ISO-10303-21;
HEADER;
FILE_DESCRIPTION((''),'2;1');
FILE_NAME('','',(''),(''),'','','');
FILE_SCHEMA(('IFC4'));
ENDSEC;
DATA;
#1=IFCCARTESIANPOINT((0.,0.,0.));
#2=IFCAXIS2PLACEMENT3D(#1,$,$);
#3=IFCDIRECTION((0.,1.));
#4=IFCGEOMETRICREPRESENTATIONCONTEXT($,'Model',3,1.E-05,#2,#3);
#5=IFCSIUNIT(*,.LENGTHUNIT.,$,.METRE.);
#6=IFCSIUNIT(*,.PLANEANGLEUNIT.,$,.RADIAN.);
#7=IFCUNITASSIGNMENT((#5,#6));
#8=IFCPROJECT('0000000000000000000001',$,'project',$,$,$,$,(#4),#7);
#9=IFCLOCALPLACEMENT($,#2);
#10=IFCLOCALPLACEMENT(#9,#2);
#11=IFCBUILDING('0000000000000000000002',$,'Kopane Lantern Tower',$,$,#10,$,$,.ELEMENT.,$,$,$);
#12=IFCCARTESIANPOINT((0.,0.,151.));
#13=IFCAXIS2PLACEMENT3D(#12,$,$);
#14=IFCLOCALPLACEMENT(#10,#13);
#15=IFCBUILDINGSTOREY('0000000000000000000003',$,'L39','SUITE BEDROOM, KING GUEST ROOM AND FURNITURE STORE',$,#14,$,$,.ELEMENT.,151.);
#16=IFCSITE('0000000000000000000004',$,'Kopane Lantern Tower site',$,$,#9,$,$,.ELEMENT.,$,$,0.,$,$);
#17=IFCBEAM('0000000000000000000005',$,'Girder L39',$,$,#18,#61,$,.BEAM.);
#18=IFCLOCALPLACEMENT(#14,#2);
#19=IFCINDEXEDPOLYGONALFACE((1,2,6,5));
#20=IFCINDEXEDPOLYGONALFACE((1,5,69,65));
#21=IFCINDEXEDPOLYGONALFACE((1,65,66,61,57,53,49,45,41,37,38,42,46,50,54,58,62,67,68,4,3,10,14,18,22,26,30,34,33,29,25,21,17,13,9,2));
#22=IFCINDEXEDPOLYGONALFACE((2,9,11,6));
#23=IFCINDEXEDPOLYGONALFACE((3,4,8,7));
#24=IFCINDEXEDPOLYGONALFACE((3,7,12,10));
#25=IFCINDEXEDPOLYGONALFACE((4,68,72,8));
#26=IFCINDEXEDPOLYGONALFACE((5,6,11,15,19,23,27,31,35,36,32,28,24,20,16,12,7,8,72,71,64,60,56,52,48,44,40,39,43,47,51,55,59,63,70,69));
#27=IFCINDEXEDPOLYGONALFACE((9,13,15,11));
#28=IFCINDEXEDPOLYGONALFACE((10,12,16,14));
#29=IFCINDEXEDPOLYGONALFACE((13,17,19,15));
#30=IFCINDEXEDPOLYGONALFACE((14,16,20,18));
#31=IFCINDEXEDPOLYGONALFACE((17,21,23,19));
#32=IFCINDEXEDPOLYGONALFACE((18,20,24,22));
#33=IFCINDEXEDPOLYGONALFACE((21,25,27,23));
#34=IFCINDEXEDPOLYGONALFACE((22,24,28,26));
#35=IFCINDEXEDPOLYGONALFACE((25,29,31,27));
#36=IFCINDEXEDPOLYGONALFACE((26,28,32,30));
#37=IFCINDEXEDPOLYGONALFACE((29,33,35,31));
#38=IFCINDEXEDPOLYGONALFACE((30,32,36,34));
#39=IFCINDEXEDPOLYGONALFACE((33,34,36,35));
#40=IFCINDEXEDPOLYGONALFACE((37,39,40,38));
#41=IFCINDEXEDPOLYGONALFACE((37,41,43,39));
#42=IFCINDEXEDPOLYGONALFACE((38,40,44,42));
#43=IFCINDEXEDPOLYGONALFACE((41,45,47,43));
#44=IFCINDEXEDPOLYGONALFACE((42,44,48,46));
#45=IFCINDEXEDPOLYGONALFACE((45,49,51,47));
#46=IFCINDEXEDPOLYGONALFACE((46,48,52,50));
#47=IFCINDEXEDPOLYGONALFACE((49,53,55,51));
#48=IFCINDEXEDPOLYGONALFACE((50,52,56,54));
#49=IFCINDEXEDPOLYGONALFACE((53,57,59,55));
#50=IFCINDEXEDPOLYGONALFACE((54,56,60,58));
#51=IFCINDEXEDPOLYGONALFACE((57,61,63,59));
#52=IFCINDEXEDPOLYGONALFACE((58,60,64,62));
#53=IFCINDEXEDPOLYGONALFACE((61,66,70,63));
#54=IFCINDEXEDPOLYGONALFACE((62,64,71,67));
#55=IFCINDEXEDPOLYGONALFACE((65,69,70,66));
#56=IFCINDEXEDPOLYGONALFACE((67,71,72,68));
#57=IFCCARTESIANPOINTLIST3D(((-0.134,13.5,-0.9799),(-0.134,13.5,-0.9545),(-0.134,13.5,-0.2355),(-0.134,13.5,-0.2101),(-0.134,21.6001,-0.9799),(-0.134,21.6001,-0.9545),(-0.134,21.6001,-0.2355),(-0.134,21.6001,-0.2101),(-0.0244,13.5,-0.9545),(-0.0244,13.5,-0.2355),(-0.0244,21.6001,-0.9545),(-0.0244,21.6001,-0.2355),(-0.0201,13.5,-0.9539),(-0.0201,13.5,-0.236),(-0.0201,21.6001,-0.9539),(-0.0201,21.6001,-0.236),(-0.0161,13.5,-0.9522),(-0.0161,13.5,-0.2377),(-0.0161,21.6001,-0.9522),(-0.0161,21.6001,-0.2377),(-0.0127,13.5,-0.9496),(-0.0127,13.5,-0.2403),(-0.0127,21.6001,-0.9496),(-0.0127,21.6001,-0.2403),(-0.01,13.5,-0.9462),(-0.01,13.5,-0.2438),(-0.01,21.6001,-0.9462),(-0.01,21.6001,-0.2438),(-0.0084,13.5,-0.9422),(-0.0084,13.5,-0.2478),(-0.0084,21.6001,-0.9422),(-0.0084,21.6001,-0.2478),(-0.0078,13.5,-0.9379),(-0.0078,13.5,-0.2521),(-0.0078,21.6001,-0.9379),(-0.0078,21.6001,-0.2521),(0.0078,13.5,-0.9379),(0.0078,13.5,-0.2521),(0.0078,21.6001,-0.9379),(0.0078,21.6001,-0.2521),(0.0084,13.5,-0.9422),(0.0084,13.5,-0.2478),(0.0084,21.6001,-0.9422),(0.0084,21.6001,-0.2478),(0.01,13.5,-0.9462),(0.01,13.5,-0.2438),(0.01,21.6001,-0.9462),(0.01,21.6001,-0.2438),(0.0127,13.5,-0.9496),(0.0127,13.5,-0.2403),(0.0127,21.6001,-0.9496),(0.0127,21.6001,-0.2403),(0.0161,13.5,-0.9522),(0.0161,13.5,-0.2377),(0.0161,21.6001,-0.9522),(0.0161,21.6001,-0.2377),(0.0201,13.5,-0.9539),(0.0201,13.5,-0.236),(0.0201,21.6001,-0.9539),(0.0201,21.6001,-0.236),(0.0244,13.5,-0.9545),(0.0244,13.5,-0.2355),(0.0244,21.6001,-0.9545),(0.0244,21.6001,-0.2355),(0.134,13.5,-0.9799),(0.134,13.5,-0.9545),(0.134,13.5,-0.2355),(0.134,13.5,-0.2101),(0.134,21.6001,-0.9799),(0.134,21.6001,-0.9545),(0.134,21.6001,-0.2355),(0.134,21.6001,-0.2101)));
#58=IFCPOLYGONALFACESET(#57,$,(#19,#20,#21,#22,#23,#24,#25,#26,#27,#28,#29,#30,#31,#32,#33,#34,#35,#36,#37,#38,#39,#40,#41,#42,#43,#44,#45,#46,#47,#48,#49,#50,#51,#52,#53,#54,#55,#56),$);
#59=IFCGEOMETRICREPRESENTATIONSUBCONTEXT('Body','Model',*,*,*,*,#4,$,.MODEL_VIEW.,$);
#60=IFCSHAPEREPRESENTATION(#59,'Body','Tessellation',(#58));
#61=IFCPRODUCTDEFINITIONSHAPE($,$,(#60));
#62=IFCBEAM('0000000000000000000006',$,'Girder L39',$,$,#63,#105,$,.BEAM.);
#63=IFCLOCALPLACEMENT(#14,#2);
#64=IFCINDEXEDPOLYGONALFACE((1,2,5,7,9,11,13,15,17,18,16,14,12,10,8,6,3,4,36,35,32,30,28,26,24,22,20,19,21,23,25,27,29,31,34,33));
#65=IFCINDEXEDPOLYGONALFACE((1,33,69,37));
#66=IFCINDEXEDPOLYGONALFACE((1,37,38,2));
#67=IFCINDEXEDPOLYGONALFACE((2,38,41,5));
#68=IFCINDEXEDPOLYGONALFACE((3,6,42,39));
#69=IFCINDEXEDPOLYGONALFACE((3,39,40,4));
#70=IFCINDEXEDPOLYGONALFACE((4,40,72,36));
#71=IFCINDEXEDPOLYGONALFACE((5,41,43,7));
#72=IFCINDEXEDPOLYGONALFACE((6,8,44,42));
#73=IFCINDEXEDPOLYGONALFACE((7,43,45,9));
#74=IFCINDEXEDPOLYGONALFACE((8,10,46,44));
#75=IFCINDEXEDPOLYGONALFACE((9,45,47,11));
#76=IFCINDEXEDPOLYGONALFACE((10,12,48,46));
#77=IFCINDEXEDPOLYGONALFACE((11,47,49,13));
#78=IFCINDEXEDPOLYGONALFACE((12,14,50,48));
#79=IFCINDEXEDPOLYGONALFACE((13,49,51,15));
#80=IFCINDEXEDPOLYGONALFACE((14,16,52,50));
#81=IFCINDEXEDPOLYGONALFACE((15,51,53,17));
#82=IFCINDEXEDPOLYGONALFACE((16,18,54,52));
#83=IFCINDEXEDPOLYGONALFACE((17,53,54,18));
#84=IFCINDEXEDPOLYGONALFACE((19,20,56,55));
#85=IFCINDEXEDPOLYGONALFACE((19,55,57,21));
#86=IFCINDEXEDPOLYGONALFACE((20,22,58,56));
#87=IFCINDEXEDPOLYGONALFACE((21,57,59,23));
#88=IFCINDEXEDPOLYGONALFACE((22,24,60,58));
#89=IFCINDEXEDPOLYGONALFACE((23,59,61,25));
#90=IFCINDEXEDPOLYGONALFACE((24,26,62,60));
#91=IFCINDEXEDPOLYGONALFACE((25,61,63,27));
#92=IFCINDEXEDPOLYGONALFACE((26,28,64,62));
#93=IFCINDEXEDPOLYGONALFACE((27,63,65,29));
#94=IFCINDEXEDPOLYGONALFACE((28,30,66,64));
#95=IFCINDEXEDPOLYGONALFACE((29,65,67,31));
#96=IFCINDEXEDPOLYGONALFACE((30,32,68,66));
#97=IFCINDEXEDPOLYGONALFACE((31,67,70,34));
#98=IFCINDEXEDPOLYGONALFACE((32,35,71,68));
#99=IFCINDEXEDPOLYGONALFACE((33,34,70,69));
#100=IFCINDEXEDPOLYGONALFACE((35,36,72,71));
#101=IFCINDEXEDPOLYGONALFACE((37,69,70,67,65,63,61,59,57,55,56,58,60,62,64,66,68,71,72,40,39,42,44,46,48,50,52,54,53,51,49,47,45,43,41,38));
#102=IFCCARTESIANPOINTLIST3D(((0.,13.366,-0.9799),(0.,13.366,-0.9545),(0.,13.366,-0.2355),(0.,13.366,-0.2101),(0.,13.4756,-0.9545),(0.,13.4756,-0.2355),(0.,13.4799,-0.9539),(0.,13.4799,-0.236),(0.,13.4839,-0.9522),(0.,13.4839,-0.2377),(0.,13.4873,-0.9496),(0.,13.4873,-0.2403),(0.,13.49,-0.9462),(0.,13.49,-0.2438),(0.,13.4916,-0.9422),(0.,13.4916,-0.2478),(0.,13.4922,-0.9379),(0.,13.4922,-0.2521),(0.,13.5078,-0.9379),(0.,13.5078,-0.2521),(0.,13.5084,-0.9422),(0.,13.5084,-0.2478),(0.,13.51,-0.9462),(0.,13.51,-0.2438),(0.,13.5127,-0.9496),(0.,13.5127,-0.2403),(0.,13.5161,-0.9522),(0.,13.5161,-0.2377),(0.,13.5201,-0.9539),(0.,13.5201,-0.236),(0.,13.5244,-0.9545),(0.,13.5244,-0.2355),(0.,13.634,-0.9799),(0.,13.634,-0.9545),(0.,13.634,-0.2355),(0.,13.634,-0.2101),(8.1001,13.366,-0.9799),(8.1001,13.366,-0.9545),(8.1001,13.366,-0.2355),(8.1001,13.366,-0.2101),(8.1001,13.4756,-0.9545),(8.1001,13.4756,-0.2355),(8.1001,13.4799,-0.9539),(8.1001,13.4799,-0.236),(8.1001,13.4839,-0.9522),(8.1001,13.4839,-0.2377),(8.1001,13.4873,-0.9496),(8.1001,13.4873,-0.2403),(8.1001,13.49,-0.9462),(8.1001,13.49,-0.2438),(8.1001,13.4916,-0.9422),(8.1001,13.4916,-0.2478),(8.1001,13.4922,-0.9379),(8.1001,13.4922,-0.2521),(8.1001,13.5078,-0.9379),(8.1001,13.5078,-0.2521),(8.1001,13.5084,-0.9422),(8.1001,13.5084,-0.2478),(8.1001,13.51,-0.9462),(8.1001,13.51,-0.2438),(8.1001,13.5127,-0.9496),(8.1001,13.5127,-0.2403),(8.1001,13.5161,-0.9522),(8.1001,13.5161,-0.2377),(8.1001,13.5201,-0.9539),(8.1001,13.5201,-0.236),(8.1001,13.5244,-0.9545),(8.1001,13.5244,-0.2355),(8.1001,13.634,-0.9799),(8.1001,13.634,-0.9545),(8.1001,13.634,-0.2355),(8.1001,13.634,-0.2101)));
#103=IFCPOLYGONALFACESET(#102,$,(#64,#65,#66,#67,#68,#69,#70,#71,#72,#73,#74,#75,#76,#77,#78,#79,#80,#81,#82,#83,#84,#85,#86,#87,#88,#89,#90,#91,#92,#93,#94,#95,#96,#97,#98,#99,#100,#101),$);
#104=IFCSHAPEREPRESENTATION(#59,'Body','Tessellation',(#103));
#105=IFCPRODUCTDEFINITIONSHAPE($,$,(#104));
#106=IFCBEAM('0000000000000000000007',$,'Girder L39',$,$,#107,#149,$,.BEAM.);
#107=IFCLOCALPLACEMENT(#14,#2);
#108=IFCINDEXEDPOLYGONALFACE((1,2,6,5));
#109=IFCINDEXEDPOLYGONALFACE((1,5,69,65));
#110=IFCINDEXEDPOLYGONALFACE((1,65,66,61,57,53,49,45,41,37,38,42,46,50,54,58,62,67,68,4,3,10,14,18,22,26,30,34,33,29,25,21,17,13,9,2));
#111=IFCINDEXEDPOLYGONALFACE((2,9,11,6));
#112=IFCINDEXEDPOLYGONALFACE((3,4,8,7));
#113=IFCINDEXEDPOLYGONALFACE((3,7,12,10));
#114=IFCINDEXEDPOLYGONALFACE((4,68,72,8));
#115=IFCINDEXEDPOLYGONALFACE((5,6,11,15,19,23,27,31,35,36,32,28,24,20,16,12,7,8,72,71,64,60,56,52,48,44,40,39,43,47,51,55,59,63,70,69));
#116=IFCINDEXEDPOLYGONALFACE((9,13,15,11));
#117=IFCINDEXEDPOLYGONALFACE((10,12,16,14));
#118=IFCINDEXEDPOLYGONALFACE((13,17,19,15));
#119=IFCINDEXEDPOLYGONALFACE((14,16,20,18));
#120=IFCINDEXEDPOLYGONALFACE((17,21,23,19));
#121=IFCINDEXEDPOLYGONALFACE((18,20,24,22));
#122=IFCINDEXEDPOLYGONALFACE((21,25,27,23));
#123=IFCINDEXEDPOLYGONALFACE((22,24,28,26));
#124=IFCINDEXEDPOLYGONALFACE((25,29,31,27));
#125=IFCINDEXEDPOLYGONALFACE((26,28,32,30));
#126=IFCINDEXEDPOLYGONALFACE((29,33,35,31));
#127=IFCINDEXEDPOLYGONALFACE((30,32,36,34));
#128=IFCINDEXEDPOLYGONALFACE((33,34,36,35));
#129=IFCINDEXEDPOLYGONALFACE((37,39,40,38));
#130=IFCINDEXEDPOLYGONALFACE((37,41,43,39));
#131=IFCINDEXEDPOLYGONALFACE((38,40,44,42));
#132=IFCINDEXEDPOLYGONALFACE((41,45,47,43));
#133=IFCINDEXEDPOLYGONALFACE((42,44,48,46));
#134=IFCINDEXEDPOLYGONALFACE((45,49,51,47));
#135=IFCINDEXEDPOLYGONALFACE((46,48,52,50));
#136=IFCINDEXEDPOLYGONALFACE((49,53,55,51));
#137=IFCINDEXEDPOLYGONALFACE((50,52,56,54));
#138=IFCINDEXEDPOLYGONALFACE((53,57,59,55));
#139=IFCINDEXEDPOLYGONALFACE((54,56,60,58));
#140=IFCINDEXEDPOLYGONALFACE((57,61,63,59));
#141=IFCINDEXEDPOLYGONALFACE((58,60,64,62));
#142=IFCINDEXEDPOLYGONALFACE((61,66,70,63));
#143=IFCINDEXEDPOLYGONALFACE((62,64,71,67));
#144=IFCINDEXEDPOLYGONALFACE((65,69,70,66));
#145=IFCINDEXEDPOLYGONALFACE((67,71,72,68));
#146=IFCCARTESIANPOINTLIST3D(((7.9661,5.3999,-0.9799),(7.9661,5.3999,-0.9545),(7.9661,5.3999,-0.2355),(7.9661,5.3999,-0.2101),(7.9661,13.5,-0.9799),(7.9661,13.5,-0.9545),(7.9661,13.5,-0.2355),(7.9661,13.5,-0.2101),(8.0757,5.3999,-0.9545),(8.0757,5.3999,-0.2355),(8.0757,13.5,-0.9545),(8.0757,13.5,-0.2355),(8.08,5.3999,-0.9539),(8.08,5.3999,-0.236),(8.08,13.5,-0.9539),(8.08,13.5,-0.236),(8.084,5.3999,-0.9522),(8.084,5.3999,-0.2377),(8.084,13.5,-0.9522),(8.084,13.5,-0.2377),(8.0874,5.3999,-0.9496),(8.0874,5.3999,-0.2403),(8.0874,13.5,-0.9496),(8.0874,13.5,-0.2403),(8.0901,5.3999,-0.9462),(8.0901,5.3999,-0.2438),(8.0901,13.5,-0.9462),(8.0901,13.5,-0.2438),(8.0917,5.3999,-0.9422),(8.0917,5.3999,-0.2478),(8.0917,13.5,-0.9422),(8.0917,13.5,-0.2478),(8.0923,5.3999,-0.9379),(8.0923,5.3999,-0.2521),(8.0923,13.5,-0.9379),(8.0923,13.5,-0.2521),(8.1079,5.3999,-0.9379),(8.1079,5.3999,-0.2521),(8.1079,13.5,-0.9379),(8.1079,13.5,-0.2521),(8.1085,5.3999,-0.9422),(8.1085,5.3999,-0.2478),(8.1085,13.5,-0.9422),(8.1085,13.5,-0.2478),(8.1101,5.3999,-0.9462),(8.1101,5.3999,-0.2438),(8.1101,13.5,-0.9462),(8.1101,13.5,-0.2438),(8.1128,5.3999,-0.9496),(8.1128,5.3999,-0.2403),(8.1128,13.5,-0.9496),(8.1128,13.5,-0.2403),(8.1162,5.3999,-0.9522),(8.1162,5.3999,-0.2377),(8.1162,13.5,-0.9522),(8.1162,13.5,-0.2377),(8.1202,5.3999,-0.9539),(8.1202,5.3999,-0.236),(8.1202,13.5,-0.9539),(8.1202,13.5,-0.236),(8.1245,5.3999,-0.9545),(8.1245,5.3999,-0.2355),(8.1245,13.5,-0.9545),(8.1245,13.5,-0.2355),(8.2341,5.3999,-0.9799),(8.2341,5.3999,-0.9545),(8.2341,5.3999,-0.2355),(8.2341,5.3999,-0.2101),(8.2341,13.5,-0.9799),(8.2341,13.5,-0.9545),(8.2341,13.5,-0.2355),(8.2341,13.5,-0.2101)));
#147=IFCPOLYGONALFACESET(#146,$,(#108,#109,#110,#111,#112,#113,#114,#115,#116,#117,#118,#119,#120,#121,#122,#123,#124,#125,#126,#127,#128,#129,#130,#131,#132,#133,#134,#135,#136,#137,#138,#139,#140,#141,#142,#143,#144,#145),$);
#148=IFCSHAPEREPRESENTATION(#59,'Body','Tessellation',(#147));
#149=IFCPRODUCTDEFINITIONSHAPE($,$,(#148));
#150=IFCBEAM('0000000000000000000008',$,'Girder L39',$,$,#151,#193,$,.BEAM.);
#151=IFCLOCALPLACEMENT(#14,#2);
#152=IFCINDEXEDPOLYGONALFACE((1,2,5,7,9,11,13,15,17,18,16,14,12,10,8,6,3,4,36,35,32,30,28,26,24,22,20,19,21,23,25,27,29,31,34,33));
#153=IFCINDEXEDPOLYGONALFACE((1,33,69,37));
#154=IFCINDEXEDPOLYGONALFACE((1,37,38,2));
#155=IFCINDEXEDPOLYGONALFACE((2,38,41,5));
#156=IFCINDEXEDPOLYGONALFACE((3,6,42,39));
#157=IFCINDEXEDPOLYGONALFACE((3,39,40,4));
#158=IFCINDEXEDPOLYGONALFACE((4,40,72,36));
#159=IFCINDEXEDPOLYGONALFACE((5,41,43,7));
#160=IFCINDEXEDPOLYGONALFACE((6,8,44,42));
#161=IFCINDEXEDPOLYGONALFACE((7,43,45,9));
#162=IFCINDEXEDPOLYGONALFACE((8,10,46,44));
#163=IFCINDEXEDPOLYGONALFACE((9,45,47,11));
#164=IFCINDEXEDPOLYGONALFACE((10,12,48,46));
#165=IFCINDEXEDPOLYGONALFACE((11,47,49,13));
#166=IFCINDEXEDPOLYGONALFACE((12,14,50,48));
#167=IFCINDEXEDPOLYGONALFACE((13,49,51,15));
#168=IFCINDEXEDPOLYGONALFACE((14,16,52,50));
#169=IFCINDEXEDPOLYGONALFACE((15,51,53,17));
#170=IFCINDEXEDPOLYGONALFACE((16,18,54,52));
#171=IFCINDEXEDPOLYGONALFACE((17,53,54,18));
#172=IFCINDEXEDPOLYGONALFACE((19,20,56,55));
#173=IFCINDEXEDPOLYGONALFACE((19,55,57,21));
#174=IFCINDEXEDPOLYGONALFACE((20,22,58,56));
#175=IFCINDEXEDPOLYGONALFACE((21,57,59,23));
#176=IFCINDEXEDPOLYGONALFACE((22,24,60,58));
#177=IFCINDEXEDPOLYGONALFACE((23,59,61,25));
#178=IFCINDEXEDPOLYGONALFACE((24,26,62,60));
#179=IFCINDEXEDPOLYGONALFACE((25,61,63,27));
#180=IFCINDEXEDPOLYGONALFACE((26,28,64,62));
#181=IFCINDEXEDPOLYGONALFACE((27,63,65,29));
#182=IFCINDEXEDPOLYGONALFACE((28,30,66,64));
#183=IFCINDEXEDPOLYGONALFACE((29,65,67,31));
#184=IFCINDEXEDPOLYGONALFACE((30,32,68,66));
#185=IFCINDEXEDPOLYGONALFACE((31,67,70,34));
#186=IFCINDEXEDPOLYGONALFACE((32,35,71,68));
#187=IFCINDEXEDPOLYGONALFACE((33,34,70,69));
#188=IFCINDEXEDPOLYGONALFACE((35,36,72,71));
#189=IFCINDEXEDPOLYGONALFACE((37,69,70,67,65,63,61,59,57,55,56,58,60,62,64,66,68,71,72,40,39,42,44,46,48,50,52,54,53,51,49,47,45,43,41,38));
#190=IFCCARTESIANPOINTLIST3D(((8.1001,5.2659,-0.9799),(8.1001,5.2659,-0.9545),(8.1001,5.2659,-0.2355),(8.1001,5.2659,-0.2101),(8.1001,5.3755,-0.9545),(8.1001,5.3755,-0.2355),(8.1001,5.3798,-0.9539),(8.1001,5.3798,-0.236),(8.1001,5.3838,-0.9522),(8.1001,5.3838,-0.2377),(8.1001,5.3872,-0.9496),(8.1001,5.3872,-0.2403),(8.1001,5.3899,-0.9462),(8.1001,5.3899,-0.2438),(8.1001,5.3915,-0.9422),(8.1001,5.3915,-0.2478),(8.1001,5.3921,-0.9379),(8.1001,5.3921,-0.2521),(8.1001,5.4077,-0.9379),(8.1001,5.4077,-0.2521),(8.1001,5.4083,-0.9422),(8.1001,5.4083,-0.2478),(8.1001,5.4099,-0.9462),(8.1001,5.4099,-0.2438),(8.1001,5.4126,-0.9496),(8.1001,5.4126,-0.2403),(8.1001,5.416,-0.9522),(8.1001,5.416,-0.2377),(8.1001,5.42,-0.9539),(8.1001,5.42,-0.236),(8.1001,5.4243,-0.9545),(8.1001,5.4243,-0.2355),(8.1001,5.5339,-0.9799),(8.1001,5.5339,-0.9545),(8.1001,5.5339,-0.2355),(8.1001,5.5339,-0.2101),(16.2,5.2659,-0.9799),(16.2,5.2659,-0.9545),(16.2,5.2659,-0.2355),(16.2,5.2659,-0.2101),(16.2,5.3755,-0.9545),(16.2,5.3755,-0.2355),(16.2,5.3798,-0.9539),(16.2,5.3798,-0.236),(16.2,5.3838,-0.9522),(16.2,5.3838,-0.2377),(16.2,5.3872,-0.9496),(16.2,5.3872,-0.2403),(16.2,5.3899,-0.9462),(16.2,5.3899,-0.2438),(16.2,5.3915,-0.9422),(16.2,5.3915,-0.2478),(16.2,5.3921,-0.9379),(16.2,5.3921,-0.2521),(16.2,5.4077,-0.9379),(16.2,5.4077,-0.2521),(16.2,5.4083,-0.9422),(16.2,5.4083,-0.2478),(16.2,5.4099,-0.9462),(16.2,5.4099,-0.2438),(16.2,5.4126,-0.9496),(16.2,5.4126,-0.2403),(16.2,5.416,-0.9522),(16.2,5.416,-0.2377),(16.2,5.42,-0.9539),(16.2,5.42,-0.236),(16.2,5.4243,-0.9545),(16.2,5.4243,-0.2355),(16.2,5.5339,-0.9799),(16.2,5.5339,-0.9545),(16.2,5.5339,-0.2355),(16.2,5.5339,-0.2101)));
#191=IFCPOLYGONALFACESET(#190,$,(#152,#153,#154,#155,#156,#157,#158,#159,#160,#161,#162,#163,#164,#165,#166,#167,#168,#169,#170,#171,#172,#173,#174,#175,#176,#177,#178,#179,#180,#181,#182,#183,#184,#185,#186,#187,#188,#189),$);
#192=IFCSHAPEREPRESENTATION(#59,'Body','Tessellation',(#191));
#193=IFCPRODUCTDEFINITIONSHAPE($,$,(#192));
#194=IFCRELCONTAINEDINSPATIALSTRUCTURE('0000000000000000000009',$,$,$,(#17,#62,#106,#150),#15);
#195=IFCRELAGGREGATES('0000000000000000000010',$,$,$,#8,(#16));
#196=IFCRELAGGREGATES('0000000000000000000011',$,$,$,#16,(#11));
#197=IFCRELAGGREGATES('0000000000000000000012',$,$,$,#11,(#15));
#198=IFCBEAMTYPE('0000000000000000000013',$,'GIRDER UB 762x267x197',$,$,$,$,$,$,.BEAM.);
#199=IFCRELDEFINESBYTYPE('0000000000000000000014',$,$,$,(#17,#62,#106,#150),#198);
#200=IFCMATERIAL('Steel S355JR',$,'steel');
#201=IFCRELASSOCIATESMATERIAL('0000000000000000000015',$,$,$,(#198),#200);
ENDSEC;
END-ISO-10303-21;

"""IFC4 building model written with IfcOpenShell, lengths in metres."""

from ifc_helpers import new_model, si_unit, direction, frame, origin, origin_2d, place, context, subcontext, project, spatial, i_section, extrude, material, material_profile, profile_set, type_object, element, save


model = new_model("IFC4")

# Units and contexts
model_context = context("Model", 3, precision=1e-05, world=origin(), true_north=direction((0.0, 1.0)))
body_context = subcontext(model_context, "Body", "Model", "MODEL_VIEW")
ifc_project = project(units=[si_unit("LENGTHUNIT", "METRE"), si_unit("PLANEANGLEUNIT", "RADIAN")], contexts=[model_context])

# Site, building, storey
site_placement = place(None, origin())
site = spatial("IfcSite", under=ifc_project, at=site_placement, Name="Kopane Lantern Tower site", CompositionType="ELEMENT", RefElevation=0.0)
building_placement = place(site_placement, origin())
building = spatial("IfcBuilding", under=site, at=building_placement, Name="Kopane Lantern Tower", CompositionType="ELEMENT")
storey_placement = place(building_placement, frame((0.0, 0.0, 151.0)))
storey = spatial("IfcBuildingStorey", under=building, at=storey_placement, Name="L39", Description="SUITE BEDROOM, KING GUEST ROOM AND FURNITURE STORE", CompositionType="ELEMENT", Elevation=151.0)

# Beams
ifc_material_1 = material(Name="Steel S355JR", Category="steel")
ifc_material_profile_1 = material_profile(ifc_material_1, i_section(OverallWidth=0.2681, OverallDepth=0.7698, WebThickness=0.0156, FlangeThickness=0.0254, FilletRadius=0.0166, at=origin_2d()), Name="UB 762x267x197")
ifc_profile_set_1 = profile_set([ifc_material_profile_1], Name="Steel S355JR")
beam_type_1 = type_object("IfcBeamType", Name="GIRDER UB 762x267x197", PredefinedType="BEAM", material=ifc_profile_set_1)
for number, where, z_axis, x_axis, name in (
    (1, (0.0, 13.5, -0.595), (0.0, 1.0, 0.0), (-1.0, 0.0, 0.0), "Girder L39"),
    (2, (0.0, 13.5, -0.595), (1.0, 0.0, 0.0), (0.0, 1.0, 0.0), "Girder L39"),
    (3, (8.1001, 5.3999, -0.595), (0.0, 1.0, 0.0), (-1.0, 0.0, 0.0), "Girder L39"),
):
    element("IfcBeam", number, at=place(storey_placement, frame(where, z_axis=z_axis, x_axis=x_axis)), inside=storey, type_object=beam_type_1, Name=name, PredefinedType="BEAM", context=body_context, shape_type="SweptSolid", body=[
        extrude(i_section(OverallWidth=0.2681, OverallDepth=0.7698, WebThickness=0.0156, FlangeThickness=0.0254, FilletRadius=0.0166, at=origin_2d()), origin(), (0.0, 0.0, 1.0), 8.1001),
    ])
beam_1_placement = place(storey_placement, frame((8.1001, 5.3999, -0.595), z_axis=(1.0, 0.0, 0.0), x_axis=(0.0, 1.0, 0.0)))
element("IfcBeam", 4, at=beam_1_placement, inside=storey, type_object=beam_type_1, Name="Girder L39", PredefinedType="BEAM", context=body_context, shape_type="SweptSolid", body=[
    extrude(i_section(OverallWidth=0.2681, OverallDepth=0.7698, WebThickness=0.0156, FlangeThickness=0.0254, FilletRadius=0.0166, at=origin_2d()), origin(), (0.0, 0.0, 1.0), 8.0999),
])

save(model, "model.ifc")
